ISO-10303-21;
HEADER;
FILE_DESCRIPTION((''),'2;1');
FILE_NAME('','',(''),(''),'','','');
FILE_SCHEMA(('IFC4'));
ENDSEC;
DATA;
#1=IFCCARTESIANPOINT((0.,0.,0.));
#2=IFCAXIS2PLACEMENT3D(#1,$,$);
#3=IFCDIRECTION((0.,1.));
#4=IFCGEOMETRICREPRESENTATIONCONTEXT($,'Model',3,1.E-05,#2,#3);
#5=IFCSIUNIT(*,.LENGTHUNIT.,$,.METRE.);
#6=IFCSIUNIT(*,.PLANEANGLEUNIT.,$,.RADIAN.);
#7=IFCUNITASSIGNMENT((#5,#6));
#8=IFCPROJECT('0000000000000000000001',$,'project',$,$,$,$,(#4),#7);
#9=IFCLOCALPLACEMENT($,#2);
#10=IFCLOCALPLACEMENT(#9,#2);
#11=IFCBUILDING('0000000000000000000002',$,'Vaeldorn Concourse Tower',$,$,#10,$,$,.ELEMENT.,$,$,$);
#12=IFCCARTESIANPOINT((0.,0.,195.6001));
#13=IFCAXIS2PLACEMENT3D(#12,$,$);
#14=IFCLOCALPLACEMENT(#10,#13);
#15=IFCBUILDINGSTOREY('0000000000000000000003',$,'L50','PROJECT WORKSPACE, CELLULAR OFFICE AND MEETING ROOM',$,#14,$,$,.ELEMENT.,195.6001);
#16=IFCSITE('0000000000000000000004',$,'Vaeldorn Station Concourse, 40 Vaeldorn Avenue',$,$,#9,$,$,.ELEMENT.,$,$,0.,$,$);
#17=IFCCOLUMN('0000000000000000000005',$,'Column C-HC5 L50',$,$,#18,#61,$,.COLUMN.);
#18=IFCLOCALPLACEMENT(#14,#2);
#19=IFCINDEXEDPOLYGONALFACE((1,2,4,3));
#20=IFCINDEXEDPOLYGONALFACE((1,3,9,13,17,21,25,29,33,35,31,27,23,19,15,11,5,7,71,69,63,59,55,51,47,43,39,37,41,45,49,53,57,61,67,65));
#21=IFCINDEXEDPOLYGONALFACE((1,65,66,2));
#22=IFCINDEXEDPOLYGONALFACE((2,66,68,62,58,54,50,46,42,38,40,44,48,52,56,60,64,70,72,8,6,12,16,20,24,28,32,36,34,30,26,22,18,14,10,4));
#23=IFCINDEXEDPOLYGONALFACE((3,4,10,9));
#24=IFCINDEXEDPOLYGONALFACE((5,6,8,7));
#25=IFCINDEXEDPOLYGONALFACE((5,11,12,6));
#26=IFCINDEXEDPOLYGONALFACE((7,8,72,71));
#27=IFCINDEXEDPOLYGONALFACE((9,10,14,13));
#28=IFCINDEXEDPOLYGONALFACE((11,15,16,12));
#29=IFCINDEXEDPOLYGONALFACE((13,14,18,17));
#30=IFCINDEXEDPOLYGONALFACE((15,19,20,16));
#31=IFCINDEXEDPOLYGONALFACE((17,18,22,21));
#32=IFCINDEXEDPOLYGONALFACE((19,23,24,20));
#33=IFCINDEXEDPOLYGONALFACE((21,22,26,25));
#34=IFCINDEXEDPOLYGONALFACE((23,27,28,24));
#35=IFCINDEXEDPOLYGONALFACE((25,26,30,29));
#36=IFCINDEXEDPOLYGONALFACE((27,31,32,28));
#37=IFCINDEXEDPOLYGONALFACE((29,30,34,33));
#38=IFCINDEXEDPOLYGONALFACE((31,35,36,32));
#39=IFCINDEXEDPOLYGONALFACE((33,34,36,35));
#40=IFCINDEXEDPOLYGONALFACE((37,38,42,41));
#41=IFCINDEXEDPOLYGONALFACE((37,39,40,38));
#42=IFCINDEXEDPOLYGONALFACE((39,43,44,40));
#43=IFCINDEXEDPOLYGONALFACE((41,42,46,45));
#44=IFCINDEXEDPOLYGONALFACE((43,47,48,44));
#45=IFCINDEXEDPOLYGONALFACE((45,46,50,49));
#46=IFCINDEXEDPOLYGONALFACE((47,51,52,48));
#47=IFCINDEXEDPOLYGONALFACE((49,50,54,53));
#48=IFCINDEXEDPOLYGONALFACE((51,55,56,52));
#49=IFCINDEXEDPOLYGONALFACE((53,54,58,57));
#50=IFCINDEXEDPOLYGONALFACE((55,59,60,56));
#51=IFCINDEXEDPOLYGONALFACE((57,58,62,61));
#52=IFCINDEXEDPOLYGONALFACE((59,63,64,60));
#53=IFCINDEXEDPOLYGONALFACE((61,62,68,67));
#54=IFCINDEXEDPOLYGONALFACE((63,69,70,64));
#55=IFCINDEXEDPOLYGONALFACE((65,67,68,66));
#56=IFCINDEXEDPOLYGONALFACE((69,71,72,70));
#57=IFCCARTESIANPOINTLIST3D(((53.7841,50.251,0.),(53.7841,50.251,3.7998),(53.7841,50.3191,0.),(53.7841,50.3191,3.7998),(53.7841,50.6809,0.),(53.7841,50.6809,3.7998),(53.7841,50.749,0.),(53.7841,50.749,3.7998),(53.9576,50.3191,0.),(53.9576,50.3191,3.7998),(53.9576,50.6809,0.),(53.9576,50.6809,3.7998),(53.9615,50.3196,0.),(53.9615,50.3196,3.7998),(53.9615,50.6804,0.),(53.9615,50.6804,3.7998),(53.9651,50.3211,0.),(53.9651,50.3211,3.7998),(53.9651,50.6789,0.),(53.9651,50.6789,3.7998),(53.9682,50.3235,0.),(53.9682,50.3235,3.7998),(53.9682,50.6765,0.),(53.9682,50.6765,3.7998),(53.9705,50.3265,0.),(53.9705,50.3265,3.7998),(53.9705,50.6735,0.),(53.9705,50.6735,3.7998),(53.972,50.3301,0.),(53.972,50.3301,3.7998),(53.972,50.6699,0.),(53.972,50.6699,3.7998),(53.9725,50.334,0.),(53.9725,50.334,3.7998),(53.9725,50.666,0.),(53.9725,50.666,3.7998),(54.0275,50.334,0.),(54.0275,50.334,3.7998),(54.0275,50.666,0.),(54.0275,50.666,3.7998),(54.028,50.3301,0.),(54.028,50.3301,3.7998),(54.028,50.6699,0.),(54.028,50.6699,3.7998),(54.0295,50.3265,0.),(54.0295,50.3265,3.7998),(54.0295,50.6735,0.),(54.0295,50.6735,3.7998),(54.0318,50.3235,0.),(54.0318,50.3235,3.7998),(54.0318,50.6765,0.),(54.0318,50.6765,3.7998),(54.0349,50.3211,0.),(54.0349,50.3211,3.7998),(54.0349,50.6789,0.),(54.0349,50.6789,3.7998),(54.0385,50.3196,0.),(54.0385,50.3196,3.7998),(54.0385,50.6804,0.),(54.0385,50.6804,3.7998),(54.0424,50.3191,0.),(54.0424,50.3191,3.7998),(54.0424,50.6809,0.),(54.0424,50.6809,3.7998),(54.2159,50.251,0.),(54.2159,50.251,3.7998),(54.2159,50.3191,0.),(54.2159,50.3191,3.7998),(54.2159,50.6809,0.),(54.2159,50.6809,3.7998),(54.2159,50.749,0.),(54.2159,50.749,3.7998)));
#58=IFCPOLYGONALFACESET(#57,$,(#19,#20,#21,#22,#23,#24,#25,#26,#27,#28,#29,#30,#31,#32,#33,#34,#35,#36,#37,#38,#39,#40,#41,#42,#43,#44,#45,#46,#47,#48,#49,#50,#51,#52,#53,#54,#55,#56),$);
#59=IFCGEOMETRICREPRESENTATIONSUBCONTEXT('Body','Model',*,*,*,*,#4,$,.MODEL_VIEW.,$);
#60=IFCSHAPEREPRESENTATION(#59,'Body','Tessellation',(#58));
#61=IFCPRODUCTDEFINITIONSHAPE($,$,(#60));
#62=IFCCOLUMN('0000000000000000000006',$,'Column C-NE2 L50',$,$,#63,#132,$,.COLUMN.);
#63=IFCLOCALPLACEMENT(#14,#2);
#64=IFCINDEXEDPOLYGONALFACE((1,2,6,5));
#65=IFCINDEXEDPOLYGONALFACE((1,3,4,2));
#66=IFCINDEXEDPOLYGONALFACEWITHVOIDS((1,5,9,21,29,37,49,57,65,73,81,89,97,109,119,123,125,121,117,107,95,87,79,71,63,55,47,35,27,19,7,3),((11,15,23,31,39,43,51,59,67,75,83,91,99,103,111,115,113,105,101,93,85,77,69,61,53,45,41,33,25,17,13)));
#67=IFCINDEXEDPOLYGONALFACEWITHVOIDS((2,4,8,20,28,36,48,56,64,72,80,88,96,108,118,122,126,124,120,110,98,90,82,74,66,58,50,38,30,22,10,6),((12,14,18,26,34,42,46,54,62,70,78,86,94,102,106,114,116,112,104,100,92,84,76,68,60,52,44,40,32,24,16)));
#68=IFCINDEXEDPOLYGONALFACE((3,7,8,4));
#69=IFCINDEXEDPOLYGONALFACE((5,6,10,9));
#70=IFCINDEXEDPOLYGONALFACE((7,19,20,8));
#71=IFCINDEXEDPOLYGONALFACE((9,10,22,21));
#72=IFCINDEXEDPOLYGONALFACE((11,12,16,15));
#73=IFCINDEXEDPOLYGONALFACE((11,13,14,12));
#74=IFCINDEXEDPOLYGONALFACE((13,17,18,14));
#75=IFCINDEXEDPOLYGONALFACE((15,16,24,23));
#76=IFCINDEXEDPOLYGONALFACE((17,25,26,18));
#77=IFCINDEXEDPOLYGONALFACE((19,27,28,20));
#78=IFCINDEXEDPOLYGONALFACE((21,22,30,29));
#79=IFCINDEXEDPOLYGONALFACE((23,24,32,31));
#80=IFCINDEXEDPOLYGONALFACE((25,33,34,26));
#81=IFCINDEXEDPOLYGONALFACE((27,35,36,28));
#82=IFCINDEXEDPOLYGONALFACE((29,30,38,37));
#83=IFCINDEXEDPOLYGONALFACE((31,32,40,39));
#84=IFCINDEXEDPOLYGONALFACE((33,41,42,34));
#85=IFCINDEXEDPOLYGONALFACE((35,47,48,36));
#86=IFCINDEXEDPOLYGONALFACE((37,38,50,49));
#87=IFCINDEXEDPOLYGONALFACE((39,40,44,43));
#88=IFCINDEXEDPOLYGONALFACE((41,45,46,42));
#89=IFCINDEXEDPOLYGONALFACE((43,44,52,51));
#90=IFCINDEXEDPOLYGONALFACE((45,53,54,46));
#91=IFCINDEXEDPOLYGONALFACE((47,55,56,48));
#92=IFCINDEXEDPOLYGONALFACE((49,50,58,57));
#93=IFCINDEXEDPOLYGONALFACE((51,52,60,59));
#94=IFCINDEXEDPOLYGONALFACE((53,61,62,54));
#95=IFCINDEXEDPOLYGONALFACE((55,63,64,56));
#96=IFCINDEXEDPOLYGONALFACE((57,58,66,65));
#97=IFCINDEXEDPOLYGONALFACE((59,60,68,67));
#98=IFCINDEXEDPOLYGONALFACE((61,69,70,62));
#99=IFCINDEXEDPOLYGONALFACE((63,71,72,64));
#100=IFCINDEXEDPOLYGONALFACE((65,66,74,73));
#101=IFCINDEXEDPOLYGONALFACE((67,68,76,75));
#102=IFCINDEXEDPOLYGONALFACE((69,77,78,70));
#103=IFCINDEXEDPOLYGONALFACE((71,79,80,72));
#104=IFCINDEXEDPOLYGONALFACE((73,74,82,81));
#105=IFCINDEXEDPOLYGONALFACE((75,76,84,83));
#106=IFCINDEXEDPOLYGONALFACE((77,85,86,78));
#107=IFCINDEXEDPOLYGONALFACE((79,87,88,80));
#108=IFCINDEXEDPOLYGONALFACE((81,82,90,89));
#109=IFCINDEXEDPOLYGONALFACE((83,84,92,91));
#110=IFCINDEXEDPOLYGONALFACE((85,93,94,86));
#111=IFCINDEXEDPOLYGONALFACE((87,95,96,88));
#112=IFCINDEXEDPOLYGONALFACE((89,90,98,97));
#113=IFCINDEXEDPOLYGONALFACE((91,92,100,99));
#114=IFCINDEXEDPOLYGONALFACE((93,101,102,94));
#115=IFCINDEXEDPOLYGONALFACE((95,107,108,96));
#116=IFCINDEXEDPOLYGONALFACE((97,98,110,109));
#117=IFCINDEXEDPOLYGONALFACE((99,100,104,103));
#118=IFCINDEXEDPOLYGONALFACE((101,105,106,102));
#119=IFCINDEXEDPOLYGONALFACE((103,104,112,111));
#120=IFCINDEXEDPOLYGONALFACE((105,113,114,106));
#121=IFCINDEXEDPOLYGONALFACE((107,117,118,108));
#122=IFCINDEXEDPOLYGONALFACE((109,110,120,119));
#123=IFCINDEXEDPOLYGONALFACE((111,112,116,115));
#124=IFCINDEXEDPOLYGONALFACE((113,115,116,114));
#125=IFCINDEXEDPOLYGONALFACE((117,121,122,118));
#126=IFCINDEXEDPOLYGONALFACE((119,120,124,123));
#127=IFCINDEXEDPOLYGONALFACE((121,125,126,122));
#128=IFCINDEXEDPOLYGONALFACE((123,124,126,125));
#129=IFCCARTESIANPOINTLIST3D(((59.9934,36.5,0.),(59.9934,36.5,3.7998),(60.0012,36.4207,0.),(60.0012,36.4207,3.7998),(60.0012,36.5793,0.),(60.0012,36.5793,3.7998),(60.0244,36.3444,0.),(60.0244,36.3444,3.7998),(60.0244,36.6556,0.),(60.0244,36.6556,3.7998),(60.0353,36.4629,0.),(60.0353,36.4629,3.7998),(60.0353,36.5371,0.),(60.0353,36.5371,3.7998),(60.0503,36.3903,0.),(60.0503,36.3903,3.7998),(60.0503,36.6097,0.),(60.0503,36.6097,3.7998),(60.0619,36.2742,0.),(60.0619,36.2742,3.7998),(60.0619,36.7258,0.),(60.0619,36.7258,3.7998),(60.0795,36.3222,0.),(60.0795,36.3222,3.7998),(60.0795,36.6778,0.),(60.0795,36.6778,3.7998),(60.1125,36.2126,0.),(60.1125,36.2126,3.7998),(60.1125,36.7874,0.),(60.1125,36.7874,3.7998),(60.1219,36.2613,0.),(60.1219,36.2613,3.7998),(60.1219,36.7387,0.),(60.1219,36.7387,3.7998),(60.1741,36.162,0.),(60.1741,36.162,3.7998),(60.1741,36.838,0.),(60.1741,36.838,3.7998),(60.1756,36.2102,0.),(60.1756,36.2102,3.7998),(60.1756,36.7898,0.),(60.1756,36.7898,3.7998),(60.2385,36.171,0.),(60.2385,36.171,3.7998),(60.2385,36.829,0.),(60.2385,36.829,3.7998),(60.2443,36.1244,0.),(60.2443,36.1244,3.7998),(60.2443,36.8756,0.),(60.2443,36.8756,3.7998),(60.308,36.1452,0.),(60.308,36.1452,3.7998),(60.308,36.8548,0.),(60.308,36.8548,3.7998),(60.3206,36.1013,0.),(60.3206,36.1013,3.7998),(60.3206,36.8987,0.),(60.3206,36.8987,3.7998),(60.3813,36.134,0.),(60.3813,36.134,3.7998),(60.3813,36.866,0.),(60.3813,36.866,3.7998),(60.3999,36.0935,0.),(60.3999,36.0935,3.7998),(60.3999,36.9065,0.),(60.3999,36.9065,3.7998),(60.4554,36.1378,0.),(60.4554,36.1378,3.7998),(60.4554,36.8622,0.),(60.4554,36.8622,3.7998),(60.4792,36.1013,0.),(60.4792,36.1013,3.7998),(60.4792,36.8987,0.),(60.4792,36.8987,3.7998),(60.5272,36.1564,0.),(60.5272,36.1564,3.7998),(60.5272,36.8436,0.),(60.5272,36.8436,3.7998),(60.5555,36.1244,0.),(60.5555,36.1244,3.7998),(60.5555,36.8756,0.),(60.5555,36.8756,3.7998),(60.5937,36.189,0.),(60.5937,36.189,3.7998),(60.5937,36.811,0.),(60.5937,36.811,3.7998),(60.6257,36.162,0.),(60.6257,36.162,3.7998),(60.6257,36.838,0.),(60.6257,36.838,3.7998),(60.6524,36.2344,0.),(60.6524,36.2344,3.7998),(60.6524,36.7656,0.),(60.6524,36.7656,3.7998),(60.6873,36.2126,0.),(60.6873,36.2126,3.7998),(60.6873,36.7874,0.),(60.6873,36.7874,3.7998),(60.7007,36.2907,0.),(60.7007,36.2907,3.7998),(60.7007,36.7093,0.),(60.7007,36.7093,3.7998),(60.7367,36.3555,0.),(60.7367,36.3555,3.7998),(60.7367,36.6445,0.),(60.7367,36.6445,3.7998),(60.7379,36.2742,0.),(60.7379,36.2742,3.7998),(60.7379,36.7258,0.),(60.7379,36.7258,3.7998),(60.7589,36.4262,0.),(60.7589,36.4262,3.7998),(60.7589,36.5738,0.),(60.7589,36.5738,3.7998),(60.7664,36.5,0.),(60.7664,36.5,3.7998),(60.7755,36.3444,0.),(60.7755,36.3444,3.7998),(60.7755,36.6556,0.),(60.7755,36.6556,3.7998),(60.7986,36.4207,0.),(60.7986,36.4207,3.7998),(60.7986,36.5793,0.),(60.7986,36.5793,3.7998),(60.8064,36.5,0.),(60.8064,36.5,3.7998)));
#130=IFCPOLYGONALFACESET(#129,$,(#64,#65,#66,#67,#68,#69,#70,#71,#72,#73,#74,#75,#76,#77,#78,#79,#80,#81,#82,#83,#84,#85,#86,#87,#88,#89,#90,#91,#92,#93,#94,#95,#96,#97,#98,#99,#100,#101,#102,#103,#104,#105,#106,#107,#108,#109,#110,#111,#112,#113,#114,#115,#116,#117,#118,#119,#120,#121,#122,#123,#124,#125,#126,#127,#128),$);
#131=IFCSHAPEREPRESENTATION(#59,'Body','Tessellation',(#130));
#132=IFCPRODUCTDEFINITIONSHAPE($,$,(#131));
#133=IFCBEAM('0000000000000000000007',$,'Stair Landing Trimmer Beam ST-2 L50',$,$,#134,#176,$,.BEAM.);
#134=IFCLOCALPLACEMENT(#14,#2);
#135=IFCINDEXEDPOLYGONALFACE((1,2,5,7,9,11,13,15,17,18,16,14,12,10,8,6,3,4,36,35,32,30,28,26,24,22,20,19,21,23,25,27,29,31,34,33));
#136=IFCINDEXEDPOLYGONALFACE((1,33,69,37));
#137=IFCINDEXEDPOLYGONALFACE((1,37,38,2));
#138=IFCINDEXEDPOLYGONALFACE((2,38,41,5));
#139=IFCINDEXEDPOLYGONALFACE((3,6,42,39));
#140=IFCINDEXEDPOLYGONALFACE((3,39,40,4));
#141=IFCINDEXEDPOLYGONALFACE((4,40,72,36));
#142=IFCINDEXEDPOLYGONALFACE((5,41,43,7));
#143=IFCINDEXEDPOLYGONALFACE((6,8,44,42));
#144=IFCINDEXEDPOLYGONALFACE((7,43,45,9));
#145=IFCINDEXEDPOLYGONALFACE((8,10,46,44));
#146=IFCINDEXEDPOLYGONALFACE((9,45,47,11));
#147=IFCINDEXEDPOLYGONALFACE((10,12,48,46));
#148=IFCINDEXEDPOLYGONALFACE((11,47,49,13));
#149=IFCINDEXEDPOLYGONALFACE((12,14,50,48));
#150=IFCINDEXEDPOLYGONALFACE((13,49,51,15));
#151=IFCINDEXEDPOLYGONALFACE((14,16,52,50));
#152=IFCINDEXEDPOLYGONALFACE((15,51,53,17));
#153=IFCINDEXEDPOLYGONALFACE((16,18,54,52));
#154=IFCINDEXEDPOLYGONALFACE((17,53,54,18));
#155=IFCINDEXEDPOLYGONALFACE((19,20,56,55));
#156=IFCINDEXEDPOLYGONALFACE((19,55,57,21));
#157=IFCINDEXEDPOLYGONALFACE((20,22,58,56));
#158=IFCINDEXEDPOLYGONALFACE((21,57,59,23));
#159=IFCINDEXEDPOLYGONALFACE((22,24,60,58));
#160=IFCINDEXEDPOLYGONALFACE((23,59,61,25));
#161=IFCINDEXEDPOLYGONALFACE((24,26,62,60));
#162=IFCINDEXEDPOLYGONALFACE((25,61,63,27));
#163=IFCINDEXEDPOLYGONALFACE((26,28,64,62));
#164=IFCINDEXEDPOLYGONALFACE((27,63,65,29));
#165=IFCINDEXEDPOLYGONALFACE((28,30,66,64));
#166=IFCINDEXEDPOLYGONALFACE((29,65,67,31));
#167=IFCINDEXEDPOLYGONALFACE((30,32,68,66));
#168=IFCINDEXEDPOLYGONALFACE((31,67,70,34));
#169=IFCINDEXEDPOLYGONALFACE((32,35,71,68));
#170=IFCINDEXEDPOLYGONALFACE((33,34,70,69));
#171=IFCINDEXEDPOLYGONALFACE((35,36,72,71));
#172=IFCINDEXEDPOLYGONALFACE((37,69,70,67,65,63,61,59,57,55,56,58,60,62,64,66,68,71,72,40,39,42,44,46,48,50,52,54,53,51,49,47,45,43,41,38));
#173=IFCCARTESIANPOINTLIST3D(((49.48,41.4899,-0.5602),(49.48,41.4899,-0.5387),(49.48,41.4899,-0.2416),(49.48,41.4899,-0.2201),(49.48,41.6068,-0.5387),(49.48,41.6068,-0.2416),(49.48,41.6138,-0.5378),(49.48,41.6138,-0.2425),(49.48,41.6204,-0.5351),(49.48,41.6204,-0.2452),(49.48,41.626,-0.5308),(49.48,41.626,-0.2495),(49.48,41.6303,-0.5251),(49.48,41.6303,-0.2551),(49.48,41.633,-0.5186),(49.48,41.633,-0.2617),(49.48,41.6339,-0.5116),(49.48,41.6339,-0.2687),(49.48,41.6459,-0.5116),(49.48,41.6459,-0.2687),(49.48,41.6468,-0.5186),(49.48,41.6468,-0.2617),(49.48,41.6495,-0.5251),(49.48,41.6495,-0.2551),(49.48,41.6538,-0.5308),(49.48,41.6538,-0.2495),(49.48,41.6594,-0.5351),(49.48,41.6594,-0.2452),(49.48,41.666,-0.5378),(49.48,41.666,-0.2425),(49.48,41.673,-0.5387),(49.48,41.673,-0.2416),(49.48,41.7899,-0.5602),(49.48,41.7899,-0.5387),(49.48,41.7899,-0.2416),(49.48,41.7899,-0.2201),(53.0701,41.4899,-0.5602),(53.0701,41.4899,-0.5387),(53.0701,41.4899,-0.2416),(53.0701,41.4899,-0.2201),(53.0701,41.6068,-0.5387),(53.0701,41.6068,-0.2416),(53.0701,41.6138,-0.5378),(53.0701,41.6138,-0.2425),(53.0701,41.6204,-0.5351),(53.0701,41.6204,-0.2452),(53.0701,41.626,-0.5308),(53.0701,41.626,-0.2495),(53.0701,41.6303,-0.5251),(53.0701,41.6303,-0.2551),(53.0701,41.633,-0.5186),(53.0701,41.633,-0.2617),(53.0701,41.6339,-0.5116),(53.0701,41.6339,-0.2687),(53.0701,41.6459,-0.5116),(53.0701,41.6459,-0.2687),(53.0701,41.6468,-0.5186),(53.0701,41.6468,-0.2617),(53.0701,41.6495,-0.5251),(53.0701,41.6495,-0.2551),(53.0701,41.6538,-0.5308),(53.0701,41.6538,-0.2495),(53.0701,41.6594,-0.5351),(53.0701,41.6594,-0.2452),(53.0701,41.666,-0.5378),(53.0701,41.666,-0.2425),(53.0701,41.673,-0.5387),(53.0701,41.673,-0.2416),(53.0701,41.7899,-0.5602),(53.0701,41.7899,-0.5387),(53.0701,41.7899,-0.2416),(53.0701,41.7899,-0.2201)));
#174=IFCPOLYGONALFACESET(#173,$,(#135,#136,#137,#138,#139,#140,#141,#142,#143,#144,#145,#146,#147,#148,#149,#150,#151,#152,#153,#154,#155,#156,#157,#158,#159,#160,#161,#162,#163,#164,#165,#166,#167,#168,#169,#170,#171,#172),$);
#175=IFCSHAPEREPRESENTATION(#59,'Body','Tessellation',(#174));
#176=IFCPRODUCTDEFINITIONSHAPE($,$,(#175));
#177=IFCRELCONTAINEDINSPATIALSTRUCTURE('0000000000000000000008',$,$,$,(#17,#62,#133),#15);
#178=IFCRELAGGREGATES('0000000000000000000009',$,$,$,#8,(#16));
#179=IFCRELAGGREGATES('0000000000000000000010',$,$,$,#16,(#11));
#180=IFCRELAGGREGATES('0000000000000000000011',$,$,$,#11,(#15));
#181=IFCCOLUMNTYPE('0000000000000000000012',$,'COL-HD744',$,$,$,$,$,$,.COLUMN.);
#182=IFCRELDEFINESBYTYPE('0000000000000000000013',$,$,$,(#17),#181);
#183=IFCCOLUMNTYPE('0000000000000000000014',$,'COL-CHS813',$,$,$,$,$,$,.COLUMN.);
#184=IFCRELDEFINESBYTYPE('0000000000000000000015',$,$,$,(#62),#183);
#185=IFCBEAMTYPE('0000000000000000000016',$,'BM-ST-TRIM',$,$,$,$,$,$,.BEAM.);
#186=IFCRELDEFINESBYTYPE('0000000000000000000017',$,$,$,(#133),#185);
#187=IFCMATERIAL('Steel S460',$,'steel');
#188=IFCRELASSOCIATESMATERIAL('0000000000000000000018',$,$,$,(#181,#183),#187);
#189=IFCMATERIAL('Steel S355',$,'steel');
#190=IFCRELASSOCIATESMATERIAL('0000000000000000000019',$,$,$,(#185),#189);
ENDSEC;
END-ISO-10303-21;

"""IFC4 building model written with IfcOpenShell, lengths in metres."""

from ifc_helpers import new_model, si_unit, direction, frame, origin, origin_2d, place, context, subcontext, project, spatial, hollow_circle, i_section, extrude, source, transform, mapped, material, material_profile, profile_set, type_object, element, save


model = new_model("IFC4")

# Units and contexts
model_context = context("Model", 3, precision=1e-05, world=origin(), true_north=direction((0.0, 1.0)))
body_context = subcontext(model_context, "Body", "Model", "MODEL_VIEW")
ifc_project = project(units=[si_unit("LENGTHUNIT", "METRE"), si_unit("PLANEANGLEUNIT", "RADIAN")], contexts=[model_context])

# Site, building, storey
site_placement = place(None, origin())
site = spatial("IfcSite", under=ifc_project, at=site_placement, Name="Vaeldorn Station Concourse, 40 Vaeldorn Avenue", CompositionType="ELEMENT", RefElevation=0.0)
building_placement = place(site_placement, origin())
building = spatial("IfcBuilding", under=site, at=building_placement, Name="Vaeldorn Concourse Tower", CompositionType="ELEMENT")
storey_placement = place(building_placement, frame((0.0, 0.0, 195.6001)))
storey = spatial("IfcBuildingStorey", under=building, at=storey_placement, Name="L50", Description="PROJECT WORKSPACE, CELLULAR OFFICE AND MEETING ROOM", CompositionType="ELEMENT", Elevation=195.6001)

# Columns
ifc_material_1 = material(Name="Steel S460", Category="steel")
ifc_material_profile_1 = material_profile(ifc_material_1, i_section(OverallWidth=0.4319, OverallDepth=0.498, WebThickness=0.0549, FlangeThickness=0.0681, FilletRadius=0.0149, at=origin_2d()), Name="HD 400x744")
ifc_profile_set_1 = profile_set([ifc_material_profile_1], Name="Steel S460")
column_type_1 = type_object("IfcColumnType", Name="COL-HD744", PredefinedType="COLUMN", material=ifc_profile_set_1)
shared_shape_1 = source(origin(), body_context, "Body", "SweptSolid", [
    extrude(i_section(OverallWidth=0.4319, OverallDepth=0.498, WebThickness=0.0549, FlangeThickness=0.0681, FilletRadius=0.0149, at=origin_2d()), origin(), (0.0, 0.0, 1.0), 3.7998),
])
column_1_placement = place(storey_placement, frame((54.0, 50.5, 0.0), z_axis=(0.0, 0.0, 1.0), x_axis=(1.0, 0.0, 0.0)))
element("IfcColumn", 1, at=column_1_placement, inside=storey, type_object=column_type_1, Name="Column C-HC5 L50", PredefinedType="COLUMN", context=body_context, shape_type="MappedRepresentation", body=[
    mapped(shared_shape_1, transform((0.0, 0.0, 0.0), scale=1.0)),
])
ifc_material_profile_2 = material_profile(ifc_material_1, hollow_circle(Radius=0.4065, WallThickness=0.04, at=origin_2d()), Name="CHS 813x40")
ifc_profile_set_2 = profile_set([ifc_material_profile_2], Name="Steel S460")
column_type_2 = type_object("IfcColumnType", Name="COL-CHS813", PredefinedType="COLUMN", material=ifc_profile_set_2)
shared_shape_2 = source(origin(), body_context, "Body", "SweptSolid", [
    extrude(hollow_circle(Radius=0.4065, WallThickness=0.04, at=origin_2d()), origin(), (0.0, 0.0, 1.0), 3.7998),
])
column_2_placement = place(storey_placement, frame((60.3999, 36.5, 0.0), z_axis=(0.0, 0.0, 1.0), x_axis=(1.0, 0.0, 0.0)))
element("IfcColumn", 2, at=column_2_placement, inside=storey, type_object=column_type_2, Name="Column C-NE2 L50", PredefinedType="COLUMN", context=body_context, shape_type="MappedRepresentation", body=[
    mapped(shared_shape_2, transform((0.0, 0.0, 0.0), scale=1.0)),
])

# Beam
ifc_material_2 = material(Name="Steel S355", Category="steel")
ifc_material_profile_3 = material_profile(ifc_material_2, i_section(OverallWidth=0.3, OverallDepth=0.3401, WebThickness=0.012, FlangeThickness=0.0215, FilletRadius=0.0271, at=origin_2d()), Name="HEB 340")
ifc_profile_set_3 = profile_set([ifc_material_profile_3], Name="Steel S355")
beam_type_1 = type_object("IfcBeamType", Name="BM-ST-TRIM", PredefinedType="BEAM", material=ifc_profile_set_3)
shared_shape_3 = source(origin(), body_context, "Body", "SweptSolid", [
    extrude(i_section(OverallWidth=0.3, OverallDepth=0.3401, WebThickness=0.012, FlangeThickness=0.0215, FilletRadius=0.0271, at=origin_2d()), origin(), (0.0, 0.0, 1.0), 3.5901),
])
beam_1_placement = place(storey_placement, frame((49.48, 41.6399, -0.3901), z_axis=(1.0, 0.0, 0.0), x_axis=(0.0, 1.0, 0.0)))
element("IfcBeam", 3, at=beam_1_placement, inside=storey, type_object=beam_type_1, Name="Stair Landing Trimmer Beam ST-2 L50", PredefinedType="BEAM", context=body_context, shape_type="MappedRepresentation", body=[
    mapped(shared_shape_3, transform((0.0, 0.0, 0.0), scale=1.0)),
])

save(model, "model.ifc")
